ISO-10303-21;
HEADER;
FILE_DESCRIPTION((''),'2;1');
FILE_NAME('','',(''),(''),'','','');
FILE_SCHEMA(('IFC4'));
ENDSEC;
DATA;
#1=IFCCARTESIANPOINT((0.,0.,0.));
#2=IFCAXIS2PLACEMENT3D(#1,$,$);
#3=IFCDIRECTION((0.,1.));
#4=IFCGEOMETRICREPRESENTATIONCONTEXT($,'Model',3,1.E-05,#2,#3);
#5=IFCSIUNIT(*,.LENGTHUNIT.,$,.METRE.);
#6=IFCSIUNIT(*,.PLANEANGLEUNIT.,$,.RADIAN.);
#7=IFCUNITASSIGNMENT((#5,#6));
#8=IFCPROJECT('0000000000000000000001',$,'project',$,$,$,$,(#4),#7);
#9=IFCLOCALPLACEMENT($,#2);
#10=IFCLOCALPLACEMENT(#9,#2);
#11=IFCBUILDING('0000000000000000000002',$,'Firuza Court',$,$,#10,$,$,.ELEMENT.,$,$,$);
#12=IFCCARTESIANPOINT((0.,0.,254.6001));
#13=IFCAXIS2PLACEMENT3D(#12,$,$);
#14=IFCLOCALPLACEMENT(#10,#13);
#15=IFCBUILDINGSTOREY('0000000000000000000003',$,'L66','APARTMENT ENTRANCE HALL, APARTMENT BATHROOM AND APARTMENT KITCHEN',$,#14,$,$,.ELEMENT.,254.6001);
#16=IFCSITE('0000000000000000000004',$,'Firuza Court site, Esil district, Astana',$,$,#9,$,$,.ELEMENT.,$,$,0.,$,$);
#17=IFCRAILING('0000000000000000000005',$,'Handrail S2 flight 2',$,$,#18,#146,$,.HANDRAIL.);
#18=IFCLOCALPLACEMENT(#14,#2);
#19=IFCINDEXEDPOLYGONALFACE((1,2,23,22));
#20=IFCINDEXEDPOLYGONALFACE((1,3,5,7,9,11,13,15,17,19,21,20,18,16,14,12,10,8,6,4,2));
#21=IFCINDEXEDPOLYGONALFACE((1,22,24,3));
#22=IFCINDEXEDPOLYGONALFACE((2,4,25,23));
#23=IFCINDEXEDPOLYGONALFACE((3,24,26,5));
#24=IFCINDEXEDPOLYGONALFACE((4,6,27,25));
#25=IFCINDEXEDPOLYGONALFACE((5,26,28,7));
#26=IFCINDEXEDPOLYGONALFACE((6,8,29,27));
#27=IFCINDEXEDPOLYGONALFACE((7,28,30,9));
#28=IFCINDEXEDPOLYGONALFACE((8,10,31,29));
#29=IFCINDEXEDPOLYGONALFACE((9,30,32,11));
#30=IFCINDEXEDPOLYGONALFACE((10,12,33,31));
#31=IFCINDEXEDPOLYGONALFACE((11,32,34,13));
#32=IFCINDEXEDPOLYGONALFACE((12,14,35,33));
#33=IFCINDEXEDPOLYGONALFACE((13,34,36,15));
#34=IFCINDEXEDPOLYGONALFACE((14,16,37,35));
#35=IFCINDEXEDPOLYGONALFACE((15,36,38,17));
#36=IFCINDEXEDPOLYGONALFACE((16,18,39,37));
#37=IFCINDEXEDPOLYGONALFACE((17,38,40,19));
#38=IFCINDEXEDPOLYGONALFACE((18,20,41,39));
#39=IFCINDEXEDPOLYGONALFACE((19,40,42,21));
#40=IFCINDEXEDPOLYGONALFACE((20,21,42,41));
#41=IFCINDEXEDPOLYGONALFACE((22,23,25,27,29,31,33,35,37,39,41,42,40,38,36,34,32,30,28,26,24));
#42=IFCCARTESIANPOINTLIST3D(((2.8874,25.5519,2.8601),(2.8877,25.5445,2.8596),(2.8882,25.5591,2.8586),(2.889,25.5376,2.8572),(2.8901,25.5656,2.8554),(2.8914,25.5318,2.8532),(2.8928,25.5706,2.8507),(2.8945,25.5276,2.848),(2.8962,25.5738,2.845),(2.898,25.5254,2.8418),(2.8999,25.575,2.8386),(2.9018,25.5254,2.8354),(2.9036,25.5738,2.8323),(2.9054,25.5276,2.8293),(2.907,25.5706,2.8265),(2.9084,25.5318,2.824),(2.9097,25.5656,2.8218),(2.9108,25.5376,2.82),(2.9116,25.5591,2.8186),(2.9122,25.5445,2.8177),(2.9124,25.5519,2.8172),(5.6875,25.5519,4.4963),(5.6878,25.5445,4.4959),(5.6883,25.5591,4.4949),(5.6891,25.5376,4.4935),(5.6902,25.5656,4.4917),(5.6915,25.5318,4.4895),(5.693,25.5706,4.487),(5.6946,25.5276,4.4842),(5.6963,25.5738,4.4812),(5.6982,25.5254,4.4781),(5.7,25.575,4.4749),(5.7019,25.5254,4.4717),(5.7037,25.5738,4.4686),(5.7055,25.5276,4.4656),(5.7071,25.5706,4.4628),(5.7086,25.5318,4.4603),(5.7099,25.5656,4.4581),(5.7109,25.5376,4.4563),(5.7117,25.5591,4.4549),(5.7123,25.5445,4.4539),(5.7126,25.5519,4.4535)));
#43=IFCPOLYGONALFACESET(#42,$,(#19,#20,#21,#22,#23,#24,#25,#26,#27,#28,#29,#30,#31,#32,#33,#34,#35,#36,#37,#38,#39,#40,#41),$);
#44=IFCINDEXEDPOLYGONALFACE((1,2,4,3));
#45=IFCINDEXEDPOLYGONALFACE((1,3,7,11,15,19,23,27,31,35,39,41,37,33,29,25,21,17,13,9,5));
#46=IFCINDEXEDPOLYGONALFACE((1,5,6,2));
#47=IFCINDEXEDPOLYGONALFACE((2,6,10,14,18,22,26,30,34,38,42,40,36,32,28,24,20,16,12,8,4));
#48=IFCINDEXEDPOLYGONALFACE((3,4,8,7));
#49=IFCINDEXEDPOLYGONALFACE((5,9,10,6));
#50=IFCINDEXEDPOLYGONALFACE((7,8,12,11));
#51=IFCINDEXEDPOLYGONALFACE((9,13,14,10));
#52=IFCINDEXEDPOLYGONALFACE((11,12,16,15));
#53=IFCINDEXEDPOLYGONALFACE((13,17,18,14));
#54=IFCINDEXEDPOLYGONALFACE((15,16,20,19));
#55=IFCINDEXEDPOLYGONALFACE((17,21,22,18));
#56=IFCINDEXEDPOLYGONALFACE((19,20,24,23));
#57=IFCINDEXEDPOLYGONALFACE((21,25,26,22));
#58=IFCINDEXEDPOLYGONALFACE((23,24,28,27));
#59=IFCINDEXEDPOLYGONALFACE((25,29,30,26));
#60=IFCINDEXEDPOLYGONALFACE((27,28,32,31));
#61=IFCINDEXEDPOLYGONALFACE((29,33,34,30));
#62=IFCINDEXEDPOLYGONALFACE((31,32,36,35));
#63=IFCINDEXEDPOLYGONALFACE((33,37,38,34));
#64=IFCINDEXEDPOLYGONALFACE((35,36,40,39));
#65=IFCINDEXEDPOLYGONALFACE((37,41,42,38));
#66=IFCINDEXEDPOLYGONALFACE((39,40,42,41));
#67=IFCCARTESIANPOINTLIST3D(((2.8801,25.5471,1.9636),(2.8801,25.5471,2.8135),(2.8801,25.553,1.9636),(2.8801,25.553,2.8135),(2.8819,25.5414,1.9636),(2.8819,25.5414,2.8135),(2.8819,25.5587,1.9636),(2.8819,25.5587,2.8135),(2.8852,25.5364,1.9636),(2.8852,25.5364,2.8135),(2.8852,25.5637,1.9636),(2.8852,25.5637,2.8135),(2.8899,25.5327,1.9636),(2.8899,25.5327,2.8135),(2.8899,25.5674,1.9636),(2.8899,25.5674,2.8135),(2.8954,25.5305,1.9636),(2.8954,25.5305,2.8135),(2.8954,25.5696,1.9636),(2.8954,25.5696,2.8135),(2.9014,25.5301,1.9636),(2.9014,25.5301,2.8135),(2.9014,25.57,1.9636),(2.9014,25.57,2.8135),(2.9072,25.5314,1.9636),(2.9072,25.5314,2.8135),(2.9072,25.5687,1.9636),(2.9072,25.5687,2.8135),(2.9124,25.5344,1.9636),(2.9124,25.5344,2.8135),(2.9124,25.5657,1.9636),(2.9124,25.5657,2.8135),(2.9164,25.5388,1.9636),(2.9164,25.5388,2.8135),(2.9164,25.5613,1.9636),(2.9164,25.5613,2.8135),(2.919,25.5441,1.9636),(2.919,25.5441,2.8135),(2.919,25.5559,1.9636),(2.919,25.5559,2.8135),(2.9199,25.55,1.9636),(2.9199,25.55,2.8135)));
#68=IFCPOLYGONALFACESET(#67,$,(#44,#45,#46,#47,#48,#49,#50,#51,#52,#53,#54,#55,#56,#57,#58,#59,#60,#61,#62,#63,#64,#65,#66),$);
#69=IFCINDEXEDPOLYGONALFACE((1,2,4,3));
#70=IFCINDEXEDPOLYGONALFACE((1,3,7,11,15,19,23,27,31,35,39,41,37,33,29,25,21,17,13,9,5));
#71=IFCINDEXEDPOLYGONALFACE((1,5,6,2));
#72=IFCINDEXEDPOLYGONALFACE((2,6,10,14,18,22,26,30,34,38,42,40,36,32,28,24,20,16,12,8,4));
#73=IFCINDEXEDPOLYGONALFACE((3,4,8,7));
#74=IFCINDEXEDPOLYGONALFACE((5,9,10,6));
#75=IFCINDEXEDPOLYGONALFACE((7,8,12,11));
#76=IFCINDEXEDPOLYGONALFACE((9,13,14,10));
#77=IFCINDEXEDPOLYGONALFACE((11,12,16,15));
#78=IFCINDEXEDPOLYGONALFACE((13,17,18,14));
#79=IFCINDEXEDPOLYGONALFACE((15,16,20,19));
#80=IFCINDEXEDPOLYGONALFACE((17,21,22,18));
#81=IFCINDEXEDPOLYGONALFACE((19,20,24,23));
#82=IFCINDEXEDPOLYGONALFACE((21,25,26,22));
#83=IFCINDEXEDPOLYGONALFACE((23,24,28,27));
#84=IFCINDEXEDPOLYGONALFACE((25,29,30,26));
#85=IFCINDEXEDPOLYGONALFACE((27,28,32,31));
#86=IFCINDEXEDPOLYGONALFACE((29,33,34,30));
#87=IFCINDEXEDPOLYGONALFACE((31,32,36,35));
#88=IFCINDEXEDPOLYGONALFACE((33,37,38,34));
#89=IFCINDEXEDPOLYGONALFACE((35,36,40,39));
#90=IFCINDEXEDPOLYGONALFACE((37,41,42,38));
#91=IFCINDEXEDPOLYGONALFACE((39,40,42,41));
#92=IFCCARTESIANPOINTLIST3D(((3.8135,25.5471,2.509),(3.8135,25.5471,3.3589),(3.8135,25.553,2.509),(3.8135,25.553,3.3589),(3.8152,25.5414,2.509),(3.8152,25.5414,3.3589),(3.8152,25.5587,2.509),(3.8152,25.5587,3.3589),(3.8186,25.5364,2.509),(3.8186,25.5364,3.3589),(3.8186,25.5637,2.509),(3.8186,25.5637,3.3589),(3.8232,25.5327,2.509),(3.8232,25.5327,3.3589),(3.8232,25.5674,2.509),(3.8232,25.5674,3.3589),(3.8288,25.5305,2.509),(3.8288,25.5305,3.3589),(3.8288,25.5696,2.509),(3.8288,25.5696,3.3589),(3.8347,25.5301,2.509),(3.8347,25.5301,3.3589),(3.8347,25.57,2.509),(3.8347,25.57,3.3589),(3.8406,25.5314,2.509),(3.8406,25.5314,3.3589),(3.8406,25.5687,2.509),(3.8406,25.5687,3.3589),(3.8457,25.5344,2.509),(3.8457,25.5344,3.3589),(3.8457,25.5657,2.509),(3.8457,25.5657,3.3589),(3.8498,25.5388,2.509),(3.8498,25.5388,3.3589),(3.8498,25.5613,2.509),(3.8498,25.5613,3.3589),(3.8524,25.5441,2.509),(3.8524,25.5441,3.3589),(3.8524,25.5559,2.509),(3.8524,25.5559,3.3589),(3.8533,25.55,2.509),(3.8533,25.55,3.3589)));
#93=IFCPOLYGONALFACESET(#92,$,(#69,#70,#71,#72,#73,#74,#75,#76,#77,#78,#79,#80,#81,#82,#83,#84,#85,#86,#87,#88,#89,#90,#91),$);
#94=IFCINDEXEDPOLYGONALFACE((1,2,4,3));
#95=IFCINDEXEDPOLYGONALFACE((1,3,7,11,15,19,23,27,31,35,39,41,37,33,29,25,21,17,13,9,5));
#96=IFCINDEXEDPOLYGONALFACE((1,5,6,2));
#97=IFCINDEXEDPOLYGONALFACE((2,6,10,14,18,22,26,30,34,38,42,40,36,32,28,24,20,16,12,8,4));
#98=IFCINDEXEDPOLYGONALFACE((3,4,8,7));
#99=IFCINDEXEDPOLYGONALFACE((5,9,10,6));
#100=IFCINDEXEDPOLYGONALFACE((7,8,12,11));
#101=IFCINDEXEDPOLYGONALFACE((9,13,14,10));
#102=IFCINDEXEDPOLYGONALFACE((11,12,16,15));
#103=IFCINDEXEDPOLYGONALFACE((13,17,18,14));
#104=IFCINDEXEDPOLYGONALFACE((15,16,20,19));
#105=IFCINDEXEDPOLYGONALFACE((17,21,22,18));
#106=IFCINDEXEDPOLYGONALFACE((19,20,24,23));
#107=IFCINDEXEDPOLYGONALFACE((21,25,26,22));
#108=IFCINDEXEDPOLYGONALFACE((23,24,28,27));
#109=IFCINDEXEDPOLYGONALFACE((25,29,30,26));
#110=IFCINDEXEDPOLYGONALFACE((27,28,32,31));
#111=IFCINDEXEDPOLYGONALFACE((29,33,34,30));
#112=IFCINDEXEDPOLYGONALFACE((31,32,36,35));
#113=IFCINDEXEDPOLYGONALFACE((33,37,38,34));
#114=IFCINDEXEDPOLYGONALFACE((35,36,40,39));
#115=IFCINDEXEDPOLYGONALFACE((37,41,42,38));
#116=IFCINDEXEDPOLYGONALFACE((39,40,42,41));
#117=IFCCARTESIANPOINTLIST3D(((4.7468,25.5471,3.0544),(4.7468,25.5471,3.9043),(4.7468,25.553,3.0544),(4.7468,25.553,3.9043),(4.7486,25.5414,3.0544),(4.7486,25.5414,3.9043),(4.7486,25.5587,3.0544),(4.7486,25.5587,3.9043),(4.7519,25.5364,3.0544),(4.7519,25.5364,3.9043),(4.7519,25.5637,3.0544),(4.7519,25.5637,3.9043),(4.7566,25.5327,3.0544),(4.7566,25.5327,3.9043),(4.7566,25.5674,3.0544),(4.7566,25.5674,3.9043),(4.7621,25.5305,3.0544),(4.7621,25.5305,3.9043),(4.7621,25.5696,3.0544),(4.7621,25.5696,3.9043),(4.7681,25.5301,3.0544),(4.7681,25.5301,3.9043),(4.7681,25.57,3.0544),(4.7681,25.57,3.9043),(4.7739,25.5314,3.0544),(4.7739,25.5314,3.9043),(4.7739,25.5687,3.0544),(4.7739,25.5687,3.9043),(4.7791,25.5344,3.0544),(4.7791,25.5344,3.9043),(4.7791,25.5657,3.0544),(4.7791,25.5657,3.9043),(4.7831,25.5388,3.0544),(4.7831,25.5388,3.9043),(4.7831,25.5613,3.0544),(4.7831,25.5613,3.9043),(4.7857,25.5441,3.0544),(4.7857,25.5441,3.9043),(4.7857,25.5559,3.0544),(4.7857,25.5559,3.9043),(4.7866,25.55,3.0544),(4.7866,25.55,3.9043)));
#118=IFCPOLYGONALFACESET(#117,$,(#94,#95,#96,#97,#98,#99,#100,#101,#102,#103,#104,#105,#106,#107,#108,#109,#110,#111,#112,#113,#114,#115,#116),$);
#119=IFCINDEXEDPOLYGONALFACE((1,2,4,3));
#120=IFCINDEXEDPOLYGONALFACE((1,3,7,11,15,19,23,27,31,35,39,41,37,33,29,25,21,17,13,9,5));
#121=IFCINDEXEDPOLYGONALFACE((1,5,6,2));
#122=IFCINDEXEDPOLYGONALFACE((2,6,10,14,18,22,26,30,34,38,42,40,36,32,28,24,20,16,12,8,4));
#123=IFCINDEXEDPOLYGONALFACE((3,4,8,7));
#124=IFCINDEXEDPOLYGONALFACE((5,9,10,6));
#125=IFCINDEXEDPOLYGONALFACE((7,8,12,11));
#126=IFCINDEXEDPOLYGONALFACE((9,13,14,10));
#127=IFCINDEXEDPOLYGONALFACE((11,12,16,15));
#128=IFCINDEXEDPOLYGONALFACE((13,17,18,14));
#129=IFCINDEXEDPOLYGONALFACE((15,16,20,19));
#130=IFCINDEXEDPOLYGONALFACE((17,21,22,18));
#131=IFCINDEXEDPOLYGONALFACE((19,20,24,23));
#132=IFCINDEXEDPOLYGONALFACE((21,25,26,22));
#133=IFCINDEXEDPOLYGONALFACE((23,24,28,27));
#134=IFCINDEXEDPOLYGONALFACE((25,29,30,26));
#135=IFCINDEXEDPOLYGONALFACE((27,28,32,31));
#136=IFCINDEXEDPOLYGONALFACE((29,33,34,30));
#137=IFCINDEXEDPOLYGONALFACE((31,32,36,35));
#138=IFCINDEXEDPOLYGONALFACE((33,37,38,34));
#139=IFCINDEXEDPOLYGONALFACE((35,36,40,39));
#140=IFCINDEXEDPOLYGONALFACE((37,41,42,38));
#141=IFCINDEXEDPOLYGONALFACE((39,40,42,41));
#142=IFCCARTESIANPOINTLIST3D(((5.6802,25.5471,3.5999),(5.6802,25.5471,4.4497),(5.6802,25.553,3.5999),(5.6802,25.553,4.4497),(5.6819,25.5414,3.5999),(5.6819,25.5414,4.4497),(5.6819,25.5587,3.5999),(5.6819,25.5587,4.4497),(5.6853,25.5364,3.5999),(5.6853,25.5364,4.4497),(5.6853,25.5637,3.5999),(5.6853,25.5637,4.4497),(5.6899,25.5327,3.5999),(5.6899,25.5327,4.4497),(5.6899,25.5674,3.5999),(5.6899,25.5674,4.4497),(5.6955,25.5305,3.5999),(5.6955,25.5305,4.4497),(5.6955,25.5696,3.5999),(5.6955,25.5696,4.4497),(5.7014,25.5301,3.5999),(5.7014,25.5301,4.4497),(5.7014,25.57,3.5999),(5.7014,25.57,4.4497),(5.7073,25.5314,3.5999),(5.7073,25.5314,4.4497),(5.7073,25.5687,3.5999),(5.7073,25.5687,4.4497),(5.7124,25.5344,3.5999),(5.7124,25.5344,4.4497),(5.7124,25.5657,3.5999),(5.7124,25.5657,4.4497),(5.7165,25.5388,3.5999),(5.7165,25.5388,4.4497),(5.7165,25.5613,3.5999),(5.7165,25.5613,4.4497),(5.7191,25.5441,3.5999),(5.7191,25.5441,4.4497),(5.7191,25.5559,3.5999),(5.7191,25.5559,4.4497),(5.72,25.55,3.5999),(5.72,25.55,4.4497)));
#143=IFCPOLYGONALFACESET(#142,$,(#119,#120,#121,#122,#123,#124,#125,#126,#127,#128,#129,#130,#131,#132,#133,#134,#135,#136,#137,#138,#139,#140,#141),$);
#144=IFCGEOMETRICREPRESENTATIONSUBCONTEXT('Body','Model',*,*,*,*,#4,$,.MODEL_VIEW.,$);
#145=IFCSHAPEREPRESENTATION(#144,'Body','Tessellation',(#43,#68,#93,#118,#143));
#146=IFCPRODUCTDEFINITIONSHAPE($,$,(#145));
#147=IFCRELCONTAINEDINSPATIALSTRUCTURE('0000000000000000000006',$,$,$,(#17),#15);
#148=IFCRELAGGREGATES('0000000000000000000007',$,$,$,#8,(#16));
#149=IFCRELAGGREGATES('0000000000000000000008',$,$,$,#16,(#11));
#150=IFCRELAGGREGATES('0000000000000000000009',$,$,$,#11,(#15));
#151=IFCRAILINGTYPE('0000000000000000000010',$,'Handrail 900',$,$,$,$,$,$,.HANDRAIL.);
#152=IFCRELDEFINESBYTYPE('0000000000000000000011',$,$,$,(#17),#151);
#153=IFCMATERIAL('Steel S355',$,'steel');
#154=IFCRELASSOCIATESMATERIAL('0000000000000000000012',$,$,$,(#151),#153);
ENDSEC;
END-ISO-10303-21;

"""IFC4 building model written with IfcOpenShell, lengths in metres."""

from ifc_helpers import new_model, si_unit, direction, frame, origin, origin_2d, place, context, subcontext, project, spatial, circle, extrude, material, type_object, element, save


model = new_model("IFC4")

# Units and contexts
model_context = context("Model", 3, precision=1e-05, world=origin(), true_north=direction((0.0, 1.0)))
body_context = subcontext(model_context, "Body", "Model", "MODEL_VIEW")
ifc_project = project(units=[si_unit("LENGTHUNIT", "METRE"), si_unit("PLANEANGLEUNIT", "RADIAN")], contexts=[model_context])

# Site, building, storey
site_placement = place(None, origin())
site = spatial("IfcSite", under=ifc_project, at=site_placement, Name="Firuza Court site, Esil district, Astana", CompositionType="ELEMENT", RefElevation=0.0)
building_placement = place(site_placement, origin())
building = spatial("IfcBuilding", under=site, at=building_placement, Name="Firuza Court", CompositionType="ELEMENT")
storey_placement = place(building_placement, frame((0.0, 0.0, 254.6001)))
storey = spatial("IfcBuildingStorey", under=building, at=storey_placement, Name="L66", Description="APARTMENT ENTRANCE HALL, APARTMENT BATHROOM AND APARTMENT KITCHEN", CompositionType="ELEMENT", Elevation=254.6001)

# Railing
ifc_material_1 = material(Name="Steel S355", Category="steel")
railing_type = type_object("IfcRailingType", Name="Handrail 900", PredefinedType="HANDRAIL", material=ifc_material_1)
railing_placement = place(storey_placement, frame((2.8999, 25.55, 1.9636)))
element("IfcRailing", 1, at=railing_placement, inside=storey, type_object=railing_type, Name="Handrail S2 flight 2", PredefinedType="HANDRAIL", context=body_context, shape_type="SweptSolid", body=[
    extrude(circle(Radius=0.0249, at=origin_2d()), frame((0.0, 0.0, 0.875), z_axis=(0.863394, 0.0, 0.504531), x_axis=(0.0, 1.0, 0.0)), (0.0, 0.0, 1.0), 3.2432),
    extrude(circle(Radius=0.02, at=origin_2d()), origin(), (0.0, 0.0, 1.0), 0.8499),
    extrude(circle(Radius=0.02, at=origin_2d()), frame((0.9333, 0.0, 0.5454)), (0.0, 0.0, 1.0), 0.8499),
    extrude(circle(Radius=0.02, at=origin_2d()), frame((1.8667, 0.0, 1.0908)), (0.0, 0.0, 1.0), 0.8499),
    extrude(circle(Radius=0.02, at=origin_2d()), frame((2.8, 0.0, 1.6362)), (0.0, 0.0, 1.0), 0.8499),
])

save(model, "model.ifc")
